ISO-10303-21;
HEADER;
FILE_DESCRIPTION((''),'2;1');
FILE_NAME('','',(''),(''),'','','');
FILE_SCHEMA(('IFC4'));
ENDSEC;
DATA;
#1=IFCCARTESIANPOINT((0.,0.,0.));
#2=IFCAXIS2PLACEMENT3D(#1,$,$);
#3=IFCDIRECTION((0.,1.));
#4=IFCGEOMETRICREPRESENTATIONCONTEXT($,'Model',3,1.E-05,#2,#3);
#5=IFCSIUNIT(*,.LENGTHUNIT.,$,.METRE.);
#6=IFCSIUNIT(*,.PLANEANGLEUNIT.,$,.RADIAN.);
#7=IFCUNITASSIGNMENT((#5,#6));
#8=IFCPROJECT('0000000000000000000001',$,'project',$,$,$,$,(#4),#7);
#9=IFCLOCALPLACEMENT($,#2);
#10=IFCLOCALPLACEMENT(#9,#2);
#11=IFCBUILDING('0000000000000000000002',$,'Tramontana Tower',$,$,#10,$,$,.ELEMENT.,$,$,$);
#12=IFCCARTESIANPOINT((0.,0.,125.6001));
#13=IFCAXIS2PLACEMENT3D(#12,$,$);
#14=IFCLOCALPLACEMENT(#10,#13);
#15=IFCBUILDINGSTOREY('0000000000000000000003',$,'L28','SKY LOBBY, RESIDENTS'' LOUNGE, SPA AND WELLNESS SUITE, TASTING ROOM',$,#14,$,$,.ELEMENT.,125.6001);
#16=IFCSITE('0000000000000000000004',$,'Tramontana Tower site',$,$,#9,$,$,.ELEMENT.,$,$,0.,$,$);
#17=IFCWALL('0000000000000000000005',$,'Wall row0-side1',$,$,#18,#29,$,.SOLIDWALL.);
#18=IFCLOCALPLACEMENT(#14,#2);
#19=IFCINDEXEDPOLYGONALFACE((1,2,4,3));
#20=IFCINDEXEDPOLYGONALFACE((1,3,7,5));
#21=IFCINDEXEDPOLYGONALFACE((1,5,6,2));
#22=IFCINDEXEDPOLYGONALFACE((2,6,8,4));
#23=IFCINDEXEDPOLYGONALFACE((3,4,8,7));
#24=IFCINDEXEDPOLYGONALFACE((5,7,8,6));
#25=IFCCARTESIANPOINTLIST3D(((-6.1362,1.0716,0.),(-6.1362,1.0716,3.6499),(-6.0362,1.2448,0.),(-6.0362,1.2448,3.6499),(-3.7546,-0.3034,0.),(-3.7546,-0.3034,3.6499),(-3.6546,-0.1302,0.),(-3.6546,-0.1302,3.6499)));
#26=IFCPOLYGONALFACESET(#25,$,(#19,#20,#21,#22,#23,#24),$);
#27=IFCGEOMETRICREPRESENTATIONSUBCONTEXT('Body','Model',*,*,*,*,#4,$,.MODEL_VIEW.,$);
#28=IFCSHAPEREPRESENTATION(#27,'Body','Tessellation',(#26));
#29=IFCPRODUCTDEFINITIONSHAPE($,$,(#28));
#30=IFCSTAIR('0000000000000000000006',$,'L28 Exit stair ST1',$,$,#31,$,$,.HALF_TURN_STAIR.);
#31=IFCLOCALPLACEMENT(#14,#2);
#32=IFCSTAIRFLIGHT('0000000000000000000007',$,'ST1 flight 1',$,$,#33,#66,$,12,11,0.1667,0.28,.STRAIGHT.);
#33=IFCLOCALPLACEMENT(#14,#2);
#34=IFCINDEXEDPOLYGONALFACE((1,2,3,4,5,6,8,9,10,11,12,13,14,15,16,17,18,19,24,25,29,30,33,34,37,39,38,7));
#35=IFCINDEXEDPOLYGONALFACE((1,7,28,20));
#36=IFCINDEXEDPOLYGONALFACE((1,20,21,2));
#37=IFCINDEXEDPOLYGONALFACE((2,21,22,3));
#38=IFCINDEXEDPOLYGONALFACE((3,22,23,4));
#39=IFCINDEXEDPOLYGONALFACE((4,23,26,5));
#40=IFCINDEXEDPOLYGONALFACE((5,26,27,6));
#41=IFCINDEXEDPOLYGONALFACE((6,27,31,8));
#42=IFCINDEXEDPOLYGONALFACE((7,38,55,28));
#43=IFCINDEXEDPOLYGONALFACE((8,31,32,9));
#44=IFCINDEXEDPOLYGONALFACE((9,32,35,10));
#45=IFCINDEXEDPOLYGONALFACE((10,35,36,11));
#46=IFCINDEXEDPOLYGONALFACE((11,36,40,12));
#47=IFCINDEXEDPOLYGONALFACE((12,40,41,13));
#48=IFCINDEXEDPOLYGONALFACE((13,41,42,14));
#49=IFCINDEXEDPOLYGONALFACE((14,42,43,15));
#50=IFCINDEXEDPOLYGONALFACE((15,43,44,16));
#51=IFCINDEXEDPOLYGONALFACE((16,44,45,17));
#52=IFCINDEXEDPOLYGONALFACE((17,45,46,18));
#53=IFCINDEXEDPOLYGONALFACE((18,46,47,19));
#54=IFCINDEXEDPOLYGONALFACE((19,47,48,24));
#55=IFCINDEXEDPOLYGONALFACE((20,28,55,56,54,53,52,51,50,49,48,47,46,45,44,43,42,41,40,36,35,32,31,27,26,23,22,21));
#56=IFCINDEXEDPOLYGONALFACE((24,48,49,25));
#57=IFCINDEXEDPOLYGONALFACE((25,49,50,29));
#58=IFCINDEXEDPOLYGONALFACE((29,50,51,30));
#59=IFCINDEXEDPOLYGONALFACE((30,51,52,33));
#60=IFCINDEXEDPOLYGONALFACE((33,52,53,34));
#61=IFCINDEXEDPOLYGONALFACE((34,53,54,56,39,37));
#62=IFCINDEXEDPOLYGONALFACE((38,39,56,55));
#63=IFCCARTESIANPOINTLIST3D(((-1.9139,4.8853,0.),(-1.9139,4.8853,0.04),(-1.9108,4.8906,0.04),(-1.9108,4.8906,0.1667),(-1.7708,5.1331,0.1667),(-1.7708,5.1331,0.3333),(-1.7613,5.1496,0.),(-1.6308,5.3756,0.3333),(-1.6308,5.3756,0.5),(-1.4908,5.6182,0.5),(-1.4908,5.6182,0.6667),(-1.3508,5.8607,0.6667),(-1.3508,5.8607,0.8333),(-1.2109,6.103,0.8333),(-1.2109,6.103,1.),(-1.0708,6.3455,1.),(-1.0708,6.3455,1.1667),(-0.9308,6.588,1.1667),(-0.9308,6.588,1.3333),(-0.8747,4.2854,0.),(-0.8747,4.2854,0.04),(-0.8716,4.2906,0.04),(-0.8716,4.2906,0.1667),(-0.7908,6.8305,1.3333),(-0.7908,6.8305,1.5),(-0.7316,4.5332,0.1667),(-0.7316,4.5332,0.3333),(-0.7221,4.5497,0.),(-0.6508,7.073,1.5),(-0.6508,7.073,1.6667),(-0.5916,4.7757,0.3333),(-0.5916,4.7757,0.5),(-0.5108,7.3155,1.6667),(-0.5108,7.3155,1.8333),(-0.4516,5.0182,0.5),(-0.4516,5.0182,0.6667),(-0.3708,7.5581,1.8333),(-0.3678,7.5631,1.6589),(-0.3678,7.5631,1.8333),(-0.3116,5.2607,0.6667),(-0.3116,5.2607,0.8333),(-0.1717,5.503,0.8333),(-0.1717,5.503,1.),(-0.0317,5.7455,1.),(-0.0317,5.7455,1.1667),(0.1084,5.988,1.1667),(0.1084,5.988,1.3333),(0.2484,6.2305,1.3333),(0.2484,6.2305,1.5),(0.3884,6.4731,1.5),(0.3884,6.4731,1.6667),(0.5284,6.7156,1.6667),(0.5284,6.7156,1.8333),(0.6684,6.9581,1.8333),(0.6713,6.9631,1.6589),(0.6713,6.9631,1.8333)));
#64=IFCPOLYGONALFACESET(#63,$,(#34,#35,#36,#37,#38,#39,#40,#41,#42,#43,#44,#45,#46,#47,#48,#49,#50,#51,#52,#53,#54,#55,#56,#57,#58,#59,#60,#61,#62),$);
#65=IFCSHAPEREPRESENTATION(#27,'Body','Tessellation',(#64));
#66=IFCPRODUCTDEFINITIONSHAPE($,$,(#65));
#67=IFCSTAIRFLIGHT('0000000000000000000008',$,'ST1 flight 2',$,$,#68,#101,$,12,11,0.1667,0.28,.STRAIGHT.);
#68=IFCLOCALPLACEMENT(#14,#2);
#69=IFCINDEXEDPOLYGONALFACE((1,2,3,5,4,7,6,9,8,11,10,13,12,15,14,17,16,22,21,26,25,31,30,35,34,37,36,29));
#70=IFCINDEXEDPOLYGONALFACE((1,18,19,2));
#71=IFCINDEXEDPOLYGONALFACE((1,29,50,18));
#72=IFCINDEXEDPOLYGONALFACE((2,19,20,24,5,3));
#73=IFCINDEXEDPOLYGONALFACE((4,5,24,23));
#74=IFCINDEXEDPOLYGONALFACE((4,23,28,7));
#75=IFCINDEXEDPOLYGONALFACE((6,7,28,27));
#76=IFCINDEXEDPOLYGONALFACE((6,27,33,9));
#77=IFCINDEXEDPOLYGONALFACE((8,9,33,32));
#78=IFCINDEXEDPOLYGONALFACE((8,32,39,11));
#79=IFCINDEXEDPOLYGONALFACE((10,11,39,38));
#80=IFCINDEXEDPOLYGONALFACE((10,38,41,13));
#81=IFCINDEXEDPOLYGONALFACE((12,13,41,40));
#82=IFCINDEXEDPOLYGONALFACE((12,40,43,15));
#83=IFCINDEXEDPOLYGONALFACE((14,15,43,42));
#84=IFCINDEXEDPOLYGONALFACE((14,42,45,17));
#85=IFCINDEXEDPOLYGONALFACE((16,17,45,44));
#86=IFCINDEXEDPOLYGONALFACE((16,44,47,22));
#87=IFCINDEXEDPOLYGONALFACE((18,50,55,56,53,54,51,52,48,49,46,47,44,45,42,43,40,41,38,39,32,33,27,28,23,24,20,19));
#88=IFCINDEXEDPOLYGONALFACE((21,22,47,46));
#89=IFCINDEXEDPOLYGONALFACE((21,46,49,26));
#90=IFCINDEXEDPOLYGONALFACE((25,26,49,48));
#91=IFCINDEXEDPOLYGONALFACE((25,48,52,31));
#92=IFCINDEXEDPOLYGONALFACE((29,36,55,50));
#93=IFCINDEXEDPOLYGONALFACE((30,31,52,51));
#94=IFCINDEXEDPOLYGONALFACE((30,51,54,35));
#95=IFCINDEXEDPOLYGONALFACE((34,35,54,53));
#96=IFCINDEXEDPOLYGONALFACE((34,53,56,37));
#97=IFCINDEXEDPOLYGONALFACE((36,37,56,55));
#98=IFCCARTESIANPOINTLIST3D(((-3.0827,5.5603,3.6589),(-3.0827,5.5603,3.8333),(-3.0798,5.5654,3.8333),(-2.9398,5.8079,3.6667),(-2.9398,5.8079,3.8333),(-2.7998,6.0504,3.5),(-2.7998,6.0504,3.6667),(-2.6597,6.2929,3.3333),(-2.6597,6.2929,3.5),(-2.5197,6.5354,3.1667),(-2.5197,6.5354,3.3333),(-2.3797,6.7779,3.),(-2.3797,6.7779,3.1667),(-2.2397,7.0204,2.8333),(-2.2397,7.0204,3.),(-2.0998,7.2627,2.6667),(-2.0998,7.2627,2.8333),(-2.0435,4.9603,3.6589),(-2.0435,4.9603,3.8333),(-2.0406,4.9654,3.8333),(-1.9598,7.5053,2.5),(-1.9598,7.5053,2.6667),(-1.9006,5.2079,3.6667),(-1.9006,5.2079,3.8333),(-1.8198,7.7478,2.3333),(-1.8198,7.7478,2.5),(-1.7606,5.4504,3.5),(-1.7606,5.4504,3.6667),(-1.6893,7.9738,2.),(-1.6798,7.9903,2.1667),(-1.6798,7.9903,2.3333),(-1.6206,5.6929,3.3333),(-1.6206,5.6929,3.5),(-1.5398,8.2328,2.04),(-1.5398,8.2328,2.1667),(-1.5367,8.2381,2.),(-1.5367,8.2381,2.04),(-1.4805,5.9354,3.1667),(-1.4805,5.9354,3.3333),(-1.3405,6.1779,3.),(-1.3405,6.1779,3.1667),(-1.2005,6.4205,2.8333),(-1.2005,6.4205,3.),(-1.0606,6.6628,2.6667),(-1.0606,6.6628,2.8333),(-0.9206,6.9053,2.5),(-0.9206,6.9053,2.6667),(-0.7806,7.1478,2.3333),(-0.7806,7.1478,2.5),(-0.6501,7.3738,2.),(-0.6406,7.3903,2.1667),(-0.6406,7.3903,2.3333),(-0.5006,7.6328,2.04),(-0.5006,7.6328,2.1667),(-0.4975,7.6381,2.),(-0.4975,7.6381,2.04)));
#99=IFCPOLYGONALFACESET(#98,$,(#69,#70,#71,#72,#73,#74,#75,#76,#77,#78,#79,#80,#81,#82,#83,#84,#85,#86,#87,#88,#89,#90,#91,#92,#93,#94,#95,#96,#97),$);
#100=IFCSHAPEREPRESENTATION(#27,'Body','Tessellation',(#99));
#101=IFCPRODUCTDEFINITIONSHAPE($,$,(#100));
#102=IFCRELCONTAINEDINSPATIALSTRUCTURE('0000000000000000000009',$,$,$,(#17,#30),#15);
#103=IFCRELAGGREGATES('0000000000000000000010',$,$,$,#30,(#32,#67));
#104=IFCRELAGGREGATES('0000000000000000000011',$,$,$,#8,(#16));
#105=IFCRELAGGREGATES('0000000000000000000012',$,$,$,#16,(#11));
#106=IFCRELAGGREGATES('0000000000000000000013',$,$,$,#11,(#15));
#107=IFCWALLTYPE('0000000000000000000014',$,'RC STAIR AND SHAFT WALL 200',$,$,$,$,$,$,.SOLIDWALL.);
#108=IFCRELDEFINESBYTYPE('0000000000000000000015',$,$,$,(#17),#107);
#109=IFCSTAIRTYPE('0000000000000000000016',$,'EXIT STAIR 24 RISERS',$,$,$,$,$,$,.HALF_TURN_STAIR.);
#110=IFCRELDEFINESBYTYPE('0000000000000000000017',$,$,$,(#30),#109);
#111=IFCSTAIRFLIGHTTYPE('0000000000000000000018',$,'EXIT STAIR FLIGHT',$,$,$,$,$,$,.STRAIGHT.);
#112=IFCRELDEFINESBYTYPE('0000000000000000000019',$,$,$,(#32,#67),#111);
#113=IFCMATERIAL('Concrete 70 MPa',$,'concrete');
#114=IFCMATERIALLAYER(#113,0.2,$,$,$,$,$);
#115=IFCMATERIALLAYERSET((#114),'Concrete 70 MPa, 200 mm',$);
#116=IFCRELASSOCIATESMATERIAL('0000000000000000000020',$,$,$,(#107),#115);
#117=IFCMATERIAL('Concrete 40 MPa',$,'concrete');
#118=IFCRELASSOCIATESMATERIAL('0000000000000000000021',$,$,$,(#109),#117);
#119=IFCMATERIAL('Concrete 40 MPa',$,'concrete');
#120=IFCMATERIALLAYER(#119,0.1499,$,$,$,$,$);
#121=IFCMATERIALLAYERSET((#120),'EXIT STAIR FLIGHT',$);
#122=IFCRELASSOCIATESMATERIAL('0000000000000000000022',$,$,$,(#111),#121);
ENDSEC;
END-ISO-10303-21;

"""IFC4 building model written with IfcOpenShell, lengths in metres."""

from ifc_helpers import new_model, si_unit, direction, frame, frame_2d, origin, place, context, subcontext, project, spatial, polyline, rectangle, outline, extrude, material, layer, layer_set, type_object, element, aggregate, save


model = new_model("IFC4")

# Units and contexts
model_context = context("Model", 3, precision=1e-05, world=origin(), true_north=direction((0.0, 1.0)))
body_context = subcontext(model_context, "Body", "Model", "MODEL_VIEW")
ifc_project = project(units=[si_unit("LENGTHUNIT", "METRE"), si_unit("PLANEANGLEUNIT", "RADIAN")], contexts=[model_context])

# Site, building, storey
site_placement = place(None, origin())
site = spatial("IfcSite", under=ifc_project, at=site_placement, Name="Tramontana Tower site", CompositionType="ELEMENT", RefElevation=0.0)
building_placement = place(site_placement, origin())
building = spatial("IfcBuilding", under=site, at=building_placement, Name="Tramontana Tower", CompositionType="ELEMENT")
storey_placement = place(building_placement, frame((0.0, 0.0, 125.6001)))
storey = spatial("IfcBuildingStorey", under=building, at=storey_placement, Name="L28", Description="SKY LOBBY, RESIDENTS' LOUNGE, SPA AND WELLNESS SUITE, TASTING ROOM", CompositionType="ELEMENT", Elevation=125.6001)

# Shared definitions
ifc_material_1 = material(Name="Concrete 70 MPa", Category="concrete")
ifc_layer_1 = layer(ifc_material_1, 0.2)
ifc_layer_set_1 = layer_set([ifc_layer_1], Name="Concrete 70 MPa, 200 mm")
wall_type_1 = type_object("IfcWallType", Name="RC STAIR AND SHAFT WALL 200", PredefinedType="SOLIDWALL", material=ifc_layer_set_1)

# Wall
for number, where, z_axis, x_axis, name in (
    (1, (-3.7046, -0.2168, 0.0), (0.0, 0.0, 1.0), (-0.866027, 0.499997, 0.0), "Wall row0-side1"),
):
    element("IfcWall", number, at=place(storey_placement, frame(where, z_axis=z_axis, x_axis=x_axis)), inside=storey, type_object=wall_type_1, Name=name, PredefinedType="SOLIDWALL", context=body_context, shape_type="SweptSolid", body=[
        extrude(rectangle(XDim=2.75, YDim=0.2, at=frame_2d((1.375, 0.0))), origin(), (0.0, 0.0, 1.0), 3.6499),
    ])

# Stair, stair flights
ifc_material_2 = material(Name="Concrete 40 MPa", Category="concrete")
stair_type = type_object("IfcStairType", Name="EXIT STAIR 24 RISERS", PredefinedType="HALF_TURN_STAIR", material=ifc_material_2)
stair_placement = place(storey_placement, origin())
stair = element("IfcStair", 2, at=stair_placement, inside=storey, type_object=stair_type, Name="L28 Exit stair ST1", PredefinedType="HALF_TURN_STAIR")
ifc_material_3 = material(Name="Concrete 40 MPa", Category="concrete")
ifc_layer_2 = layer(ifc_material_3, 0.1499)
ifc_layer_set_2 = layer_set([ifc_layer_2], Name="EXIT STAIR FLIGHT")
stair_flight_type = type_object("IfcStairFlightType", Name="EXIT STAIR FLIGHT", PredefinedType="STRAIGHT", material=ifc_layer_set_2)
stair_flight_1_placement = place(storey_placement, frame((-1.3911, 4.5906, 0.0), z_axis=(0.0, 0.0, 1.0), x_axis=(0.5, 0.866025, 0.0)))
stair_flight_1 = element("IfcStairFlight", 3, at=stair_flight_1_placement, type_object=stair_flight_type, Name="ST1 flight 1", NumberOfRisers=12, NumberOfTreads=11, PredefinedType="STRAIGHT", RiserHeight=0.1667, TreadLength=0.28, context=body_context, shape_type="SweptSolid", body=[
    extrude(outline(polyline([(-0.0061, 0.0), (-0.0061, 0.04), (0.0, 0.04), (0.0, 0.1667), (0.28, 0.1667), (0.28, 0.3333), (0.5601, 0.3333), (0.5601, 0.5), (0.8401, 0.5), (0.8401, 0.6667), (1.1201, 0.6667), (1.1201, 0.8333), (1.3999, 0.8333), (1.3999, 1.0), (1.6799, 1.0), (1.6799, 1.1667), (1.96, 1.1667), (1.96, 1.3333), (2.24, 1.3333), (2.24, 1.5), (2.52, 1.5), (2.52, 1.6667), (2.8, 1.6667), (2.8, 1.8333), (3.0801, 1.8333), (3.0859, 1.8333), (3.0859, 1.6589), (0.2991, 0.0), (-0.0061, 0.0)])), frame((0.0, 0.6001, 0.0), z_axis=(0.0, -1.0, 0.0), x_axis=(1.0, 0.0, 0.0)), (0.0, 0.0, 1.0), 1.2),
])
stair_flight_2_placement = place(storey_placement, frame((-1.0203, 7.9329, 2.0), z_axis=(0.0, 0.0, 1.0), x_axis=(-0.5, -0.866025, 0.0)))
stair_flight_2 = element("IfcStairFlight", 4, at=stair_flight_2_placement, type_object=stair_flight_type, Name="ST1 flight 2", NumberOfRisers=12, NumberOfTreads=11, PredefinedType="STRAIGHT", RiserHeight=0.1667, TreadLength=0.28, context=body_context, shape_type="SweptSolid", body=[
    extrude(outline(polyline([(-0.0061, 0.0), (-0.0061, 0.04), (0.0, 0.04), (0.0, 0.1667), (0.28, 0.1667), (0.28, 0.3333), (0.5601, 0.3333), (0.5601, 0.5), (0.8401, 0.5), (0.8401, 0.6667), (1.1201, 0.6667), (1.1201, 0.8333), (1.3999, 0.8333), (1.3999, 1.0), (1.6799, 1.0), (1.6799, 1.1667), (1.96, 1.1667), (1.96, 1.3333), (2.24, 1.3333), (2.24, 1.5), (2.52, 1.5), (2.52, 1.6667), (2.8, 1.6667), (2.8, 1.8333), (3.0801, 1.8333), (3.0859, 1.8333), (3.0859, 1.6589), (0.2991, 0.0), (-0.0061, 0.0)])), frame((0.0, 0.6001, 0.0), z_axis=(0.0, -1.0, 0.0), x_axis=(1.0, 0.0, 0.0)), (0.0, 0.0, 1.0), 1.2),
])
aggregate(stair, [stair_flight_1, stair_flight_2])

save(model, "model.ifc")
